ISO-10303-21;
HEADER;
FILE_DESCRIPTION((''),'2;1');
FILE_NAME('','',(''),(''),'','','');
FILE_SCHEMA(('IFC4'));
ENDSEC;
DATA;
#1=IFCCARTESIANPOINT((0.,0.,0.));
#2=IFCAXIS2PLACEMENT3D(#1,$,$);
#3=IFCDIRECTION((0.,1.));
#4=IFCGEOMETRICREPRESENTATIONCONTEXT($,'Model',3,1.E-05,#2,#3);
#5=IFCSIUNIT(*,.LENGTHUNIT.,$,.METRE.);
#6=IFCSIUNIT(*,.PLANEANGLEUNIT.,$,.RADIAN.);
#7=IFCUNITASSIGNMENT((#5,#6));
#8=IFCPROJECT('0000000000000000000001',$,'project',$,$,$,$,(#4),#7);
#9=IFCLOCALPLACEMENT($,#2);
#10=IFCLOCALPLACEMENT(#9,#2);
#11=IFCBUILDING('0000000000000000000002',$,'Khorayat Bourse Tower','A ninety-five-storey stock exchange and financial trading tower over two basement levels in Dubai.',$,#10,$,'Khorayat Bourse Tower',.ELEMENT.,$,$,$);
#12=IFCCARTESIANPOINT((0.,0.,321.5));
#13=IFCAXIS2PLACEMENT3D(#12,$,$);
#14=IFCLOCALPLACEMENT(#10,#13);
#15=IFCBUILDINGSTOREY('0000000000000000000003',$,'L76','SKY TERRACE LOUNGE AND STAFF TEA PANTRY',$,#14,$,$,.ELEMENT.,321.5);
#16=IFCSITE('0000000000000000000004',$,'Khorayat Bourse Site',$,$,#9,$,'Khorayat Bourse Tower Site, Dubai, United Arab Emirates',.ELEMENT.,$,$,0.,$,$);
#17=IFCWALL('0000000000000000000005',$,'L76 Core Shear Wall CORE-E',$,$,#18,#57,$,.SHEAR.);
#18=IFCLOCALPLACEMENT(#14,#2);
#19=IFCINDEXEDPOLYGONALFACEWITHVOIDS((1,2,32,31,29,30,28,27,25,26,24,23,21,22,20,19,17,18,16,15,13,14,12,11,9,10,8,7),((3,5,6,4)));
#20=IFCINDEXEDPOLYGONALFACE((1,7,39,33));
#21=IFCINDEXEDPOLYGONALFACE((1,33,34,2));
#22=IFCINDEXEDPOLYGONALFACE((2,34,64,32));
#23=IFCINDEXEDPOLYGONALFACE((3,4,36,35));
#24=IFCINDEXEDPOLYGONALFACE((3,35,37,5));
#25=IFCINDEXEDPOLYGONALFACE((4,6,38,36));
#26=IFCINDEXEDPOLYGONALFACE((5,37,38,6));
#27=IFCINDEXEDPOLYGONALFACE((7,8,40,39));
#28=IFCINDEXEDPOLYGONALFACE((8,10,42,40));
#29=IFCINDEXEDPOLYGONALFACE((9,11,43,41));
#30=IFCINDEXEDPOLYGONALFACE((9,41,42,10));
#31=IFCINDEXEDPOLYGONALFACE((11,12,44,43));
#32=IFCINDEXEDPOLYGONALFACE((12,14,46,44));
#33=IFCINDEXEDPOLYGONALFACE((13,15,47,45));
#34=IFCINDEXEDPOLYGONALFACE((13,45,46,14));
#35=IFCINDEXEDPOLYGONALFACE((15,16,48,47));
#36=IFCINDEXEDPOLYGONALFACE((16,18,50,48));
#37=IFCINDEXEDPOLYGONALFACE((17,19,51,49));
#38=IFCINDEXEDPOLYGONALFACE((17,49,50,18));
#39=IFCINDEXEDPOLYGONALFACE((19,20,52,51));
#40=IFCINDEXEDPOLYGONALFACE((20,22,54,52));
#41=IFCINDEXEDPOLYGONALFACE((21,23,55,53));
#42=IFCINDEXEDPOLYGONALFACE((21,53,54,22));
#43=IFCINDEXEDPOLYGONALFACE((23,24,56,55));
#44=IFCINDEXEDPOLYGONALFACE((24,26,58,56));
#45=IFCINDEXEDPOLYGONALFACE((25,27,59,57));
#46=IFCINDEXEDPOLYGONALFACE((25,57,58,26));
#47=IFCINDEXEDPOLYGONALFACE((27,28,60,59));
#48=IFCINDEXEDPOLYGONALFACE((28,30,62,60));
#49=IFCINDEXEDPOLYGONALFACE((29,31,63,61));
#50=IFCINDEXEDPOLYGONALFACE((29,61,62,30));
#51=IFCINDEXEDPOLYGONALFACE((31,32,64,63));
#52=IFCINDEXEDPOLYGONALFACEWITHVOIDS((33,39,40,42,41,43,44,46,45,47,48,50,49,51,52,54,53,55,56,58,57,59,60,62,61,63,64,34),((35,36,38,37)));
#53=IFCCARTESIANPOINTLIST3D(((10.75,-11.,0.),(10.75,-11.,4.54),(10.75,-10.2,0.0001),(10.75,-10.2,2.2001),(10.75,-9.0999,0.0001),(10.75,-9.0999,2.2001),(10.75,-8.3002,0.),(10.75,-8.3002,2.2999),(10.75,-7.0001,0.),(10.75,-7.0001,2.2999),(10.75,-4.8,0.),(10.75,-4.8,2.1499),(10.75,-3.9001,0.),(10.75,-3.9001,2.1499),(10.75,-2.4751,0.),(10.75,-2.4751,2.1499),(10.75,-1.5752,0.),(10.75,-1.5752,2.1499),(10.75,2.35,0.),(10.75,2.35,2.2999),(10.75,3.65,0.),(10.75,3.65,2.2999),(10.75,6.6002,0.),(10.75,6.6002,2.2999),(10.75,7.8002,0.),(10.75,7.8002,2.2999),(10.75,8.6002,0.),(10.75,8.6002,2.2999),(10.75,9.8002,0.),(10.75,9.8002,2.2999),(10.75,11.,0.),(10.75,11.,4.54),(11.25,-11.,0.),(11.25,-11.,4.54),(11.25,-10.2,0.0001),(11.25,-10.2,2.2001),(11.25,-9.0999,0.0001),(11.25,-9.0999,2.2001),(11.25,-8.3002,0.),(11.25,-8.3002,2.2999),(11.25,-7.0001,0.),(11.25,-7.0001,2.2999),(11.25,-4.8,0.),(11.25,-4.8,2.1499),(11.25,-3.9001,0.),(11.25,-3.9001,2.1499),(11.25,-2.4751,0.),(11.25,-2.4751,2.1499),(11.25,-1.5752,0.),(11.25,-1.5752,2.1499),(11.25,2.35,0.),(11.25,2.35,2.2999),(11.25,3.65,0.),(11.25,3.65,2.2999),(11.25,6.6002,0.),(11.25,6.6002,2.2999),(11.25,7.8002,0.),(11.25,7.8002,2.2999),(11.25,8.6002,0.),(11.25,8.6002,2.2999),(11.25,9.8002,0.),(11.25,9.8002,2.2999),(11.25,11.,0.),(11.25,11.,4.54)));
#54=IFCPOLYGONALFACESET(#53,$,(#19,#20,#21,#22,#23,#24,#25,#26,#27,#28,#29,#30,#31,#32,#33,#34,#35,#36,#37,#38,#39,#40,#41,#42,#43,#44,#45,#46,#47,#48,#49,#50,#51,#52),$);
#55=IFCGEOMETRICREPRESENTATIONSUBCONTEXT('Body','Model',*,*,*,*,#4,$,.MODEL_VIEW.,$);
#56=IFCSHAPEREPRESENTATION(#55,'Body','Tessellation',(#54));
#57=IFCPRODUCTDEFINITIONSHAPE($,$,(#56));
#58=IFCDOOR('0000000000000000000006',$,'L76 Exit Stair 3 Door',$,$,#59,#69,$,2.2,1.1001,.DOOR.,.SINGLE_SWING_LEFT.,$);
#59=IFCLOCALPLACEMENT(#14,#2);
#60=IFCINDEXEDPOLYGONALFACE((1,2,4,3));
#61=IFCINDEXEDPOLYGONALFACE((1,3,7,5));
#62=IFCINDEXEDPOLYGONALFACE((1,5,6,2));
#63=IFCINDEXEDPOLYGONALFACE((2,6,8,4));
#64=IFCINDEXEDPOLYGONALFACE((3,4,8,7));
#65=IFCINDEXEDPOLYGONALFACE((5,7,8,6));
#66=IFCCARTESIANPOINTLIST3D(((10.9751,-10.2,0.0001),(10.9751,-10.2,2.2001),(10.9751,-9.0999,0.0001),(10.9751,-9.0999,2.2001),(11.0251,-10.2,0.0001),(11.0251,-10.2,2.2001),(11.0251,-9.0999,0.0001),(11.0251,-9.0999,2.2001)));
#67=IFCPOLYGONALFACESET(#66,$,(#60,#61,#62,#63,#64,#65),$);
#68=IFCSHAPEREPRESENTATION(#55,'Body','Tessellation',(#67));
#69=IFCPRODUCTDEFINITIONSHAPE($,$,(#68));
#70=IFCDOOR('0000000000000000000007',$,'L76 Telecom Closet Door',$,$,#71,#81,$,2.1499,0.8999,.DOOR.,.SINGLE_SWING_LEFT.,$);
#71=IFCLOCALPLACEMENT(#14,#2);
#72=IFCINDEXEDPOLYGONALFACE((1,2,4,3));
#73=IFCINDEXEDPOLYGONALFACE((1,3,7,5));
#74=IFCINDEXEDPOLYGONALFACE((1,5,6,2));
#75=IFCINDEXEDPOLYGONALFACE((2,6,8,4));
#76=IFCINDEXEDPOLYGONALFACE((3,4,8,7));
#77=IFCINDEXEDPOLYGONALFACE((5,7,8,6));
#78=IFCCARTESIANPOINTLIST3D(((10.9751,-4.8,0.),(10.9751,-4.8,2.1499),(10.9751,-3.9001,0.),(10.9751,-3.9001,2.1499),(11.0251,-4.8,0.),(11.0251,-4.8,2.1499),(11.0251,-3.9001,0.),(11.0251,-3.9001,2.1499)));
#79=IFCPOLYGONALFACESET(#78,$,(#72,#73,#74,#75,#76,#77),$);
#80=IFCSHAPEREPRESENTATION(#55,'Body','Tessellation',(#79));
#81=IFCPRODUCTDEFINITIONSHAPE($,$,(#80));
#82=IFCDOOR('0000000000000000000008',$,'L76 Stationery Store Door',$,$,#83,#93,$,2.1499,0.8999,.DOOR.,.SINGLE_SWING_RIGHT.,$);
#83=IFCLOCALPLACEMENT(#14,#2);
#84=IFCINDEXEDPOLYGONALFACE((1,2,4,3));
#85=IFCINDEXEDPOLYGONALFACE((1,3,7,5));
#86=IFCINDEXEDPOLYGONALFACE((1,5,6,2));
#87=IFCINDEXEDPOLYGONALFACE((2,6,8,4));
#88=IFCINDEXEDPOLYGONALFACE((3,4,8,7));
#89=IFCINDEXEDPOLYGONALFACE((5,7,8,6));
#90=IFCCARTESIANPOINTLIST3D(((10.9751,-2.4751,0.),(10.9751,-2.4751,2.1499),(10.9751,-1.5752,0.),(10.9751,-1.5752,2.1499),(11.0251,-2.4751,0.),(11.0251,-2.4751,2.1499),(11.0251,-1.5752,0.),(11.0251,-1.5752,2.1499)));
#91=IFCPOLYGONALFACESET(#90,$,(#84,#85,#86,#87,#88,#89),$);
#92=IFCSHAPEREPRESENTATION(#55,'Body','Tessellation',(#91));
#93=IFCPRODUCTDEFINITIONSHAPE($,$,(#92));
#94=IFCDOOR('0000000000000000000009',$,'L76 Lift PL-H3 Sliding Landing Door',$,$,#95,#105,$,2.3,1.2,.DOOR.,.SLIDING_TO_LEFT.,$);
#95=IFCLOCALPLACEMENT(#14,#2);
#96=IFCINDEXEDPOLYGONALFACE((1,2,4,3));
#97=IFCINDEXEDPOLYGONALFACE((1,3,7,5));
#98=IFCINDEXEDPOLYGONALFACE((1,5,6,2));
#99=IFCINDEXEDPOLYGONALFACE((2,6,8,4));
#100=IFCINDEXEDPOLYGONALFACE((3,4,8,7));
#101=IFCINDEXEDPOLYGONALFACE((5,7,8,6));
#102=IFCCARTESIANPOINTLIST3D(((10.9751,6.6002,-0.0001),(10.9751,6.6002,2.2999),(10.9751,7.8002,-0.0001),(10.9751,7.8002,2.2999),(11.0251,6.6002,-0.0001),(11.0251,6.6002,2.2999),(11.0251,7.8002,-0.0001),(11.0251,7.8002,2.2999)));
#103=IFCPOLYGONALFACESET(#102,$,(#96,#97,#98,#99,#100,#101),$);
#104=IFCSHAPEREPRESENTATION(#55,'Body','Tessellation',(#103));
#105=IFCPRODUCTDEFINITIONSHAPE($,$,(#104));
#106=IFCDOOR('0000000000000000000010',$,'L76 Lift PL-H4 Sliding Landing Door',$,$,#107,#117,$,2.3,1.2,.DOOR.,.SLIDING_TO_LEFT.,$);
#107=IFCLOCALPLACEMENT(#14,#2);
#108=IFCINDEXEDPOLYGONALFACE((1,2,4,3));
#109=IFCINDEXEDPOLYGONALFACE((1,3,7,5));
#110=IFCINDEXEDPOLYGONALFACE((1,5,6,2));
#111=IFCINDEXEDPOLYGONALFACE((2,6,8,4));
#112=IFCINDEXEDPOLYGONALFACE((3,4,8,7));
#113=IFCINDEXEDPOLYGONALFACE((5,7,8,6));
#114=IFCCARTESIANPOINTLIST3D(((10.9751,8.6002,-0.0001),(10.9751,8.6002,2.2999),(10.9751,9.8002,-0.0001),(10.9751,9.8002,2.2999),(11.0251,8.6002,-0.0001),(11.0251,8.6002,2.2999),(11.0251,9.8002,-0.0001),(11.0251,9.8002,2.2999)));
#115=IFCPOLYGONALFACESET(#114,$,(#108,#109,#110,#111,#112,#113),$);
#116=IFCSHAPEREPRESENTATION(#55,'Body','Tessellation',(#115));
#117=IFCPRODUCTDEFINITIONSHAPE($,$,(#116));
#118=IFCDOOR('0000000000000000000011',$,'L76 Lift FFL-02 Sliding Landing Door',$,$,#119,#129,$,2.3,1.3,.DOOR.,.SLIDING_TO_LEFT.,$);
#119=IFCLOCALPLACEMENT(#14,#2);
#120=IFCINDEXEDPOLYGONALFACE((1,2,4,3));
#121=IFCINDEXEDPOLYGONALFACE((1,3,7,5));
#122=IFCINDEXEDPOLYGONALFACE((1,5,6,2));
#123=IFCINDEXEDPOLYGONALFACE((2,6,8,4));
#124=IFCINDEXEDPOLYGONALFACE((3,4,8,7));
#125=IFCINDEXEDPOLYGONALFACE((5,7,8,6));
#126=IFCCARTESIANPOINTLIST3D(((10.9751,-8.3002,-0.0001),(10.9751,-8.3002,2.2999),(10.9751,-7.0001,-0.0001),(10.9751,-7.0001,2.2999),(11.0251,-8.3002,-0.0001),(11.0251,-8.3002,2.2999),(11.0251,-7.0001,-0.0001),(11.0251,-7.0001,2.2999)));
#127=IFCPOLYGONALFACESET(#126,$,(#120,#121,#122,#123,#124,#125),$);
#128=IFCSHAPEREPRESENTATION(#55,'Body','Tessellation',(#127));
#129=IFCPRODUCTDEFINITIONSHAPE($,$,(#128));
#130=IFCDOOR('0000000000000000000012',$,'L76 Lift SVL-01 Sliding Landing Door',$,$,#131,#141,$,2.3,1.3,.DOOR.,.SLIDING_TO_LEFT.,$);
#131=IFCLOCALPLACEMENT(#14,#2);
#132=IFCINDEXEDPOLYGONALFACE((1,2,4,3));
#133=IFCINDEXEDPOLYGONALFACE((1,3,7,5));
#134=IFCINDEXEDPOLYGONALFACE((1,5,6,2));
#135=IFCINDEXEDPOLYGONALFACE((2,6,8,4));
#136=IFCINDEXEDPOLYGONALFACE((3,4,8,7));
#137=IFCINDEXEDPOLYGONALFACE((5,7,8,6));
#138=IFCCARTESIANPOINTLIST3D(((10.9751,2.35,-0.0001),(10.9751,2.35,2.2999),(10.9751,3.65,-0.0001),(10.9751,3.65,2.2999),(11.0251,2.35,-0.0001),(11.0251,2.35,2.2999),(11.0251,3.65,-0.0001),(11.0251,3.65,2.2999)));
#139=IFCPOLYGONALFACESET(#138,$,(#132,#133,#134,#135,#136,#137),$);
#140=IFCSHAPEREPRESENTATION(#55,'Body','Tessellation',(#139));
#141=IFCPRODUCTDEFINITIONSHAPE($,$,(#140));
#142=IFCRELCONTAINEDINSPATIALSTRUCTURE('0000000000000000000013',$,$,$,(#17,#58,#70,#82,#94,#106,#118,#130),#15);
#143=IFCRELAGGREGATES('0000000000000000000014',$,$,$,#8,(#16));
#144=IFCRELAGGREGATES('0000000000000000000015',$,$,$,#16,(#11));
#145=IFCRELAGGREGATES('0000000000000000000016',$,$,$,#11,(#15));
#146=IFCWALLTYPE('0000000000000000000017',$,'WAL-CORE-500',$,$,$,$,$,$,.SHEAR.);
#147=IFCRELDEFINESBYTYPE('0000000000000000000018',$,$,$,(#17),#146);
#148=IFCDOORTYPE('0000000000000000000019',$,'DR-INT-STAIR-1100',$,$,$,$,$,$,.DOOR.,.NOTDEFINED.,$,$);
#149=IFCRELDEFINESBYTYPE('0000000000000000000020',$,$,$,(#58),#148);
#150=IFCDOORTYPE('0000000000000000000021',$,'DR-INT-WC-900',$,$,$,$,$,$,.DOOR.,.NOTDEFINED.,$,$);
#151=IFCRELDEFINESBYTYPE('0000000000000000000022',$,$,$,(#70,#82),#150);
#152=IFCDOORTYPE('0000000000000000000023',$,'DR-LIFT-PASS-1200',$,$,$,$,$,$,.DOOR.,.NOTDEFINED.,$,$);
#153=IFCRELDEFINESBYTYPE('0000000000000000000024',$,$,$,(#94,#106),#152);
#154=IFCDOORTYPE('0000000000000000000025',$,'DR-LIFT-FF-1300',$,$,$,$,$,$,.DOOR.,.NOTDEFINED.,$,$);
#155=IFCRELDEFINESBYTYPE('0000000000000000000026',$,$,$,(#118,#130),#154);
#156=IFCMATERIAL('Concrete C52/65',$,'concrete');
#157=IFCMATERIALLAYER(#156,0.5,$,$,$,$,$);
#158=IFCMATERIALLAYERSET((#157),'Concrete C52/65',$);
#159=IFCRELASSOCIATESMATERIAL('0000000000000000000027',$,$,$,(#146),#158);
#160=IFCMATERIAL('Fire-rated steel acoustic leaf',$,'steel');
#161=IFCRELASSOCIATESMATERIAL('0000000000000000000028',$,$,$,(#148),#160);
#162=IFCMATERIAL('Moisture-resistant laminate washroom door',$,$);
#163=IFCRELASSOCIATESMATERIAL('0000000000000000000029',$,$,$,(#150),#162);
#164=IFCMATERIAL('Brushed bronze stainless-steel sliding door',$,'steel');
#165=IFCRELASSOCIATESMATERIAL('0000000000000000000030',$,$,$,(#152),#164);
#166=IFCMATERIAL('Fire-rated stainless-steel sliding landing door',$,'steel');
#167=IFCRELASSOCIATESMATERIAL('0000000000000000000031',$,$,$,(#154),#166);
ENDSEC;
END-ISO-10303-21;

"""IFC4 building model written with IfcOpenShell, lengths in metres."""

from ifc_helpers import new_model, si_unit, direction, frame, frame_2d, origin, place, context, subcontext, project, spatial, rectangle, extrude, source, transform, mapped, material, layer, layer_set, type_object, element, fill, save


model = new_model("IFC4")

# Units and contexts
model_context = context("Model", 3, precision=1e-05, world=origin(), true_north=direction((0.0, 1.0)))
body_context = subcontext(model_context, "Body", "Model", "MODEL_VIEW")
ifc_project = project(units=[si_unit("LENGTHUNIT", "METRE"), si_unit("PLANEANGLEUNIT", "RADIAN")], contexts=[model_context])

# Site, building, storey
site_placement = place(None, origin())
site = spatial("IfcSite", under=ifc_project, at=site_placement, Name="Khorayat Bourse Site", LongName="Khorayat Bourse Tower Site, Dubai, United Arab Emirates", CompositionType="ELEMENT", RefElevation=0.0)
building_placement = place(site_placement, origin())
building = spatial("IfcBuilding", under=site, at=building_placement, Name="Khorayat Bourse Tower", Description="A ninety-five-storey stock exchange and financial trading tower over two basement levels in Dubai.", LongName="Khorayat Bourse Tower", CompositionType="ELEMENT")
storey_placement = place(building_placement, frame((0.0, 0.0, 321.5)))
storey = spatial("IfcBuildingStorey", under=building, at=storey_placement, Name="L76", Description="SKY TERRACE LOUNGE AND STAFF TEA PANTRY", CompositionType="ELEMENT", Elevation=321.5)

# Shared definitions
ifc_material_1 = material(Name="Concrete C52/65", Category="concrete")

# Wall, openings, doors
ifc_layer_1 = layer(ifc_material_1, 0.5)
ifc_layer_set_1 = layer_set([ifc_layer_1], Name="Concrete C52/65")
wall_type_1 = type_object("IfcWallType", Name="WAL-CORE-500", PredefinedType="SHEAR", material=ifc_layer_set_1)
shared_shape_1 = source(origin(), body_context, "Body", "SweptSolid", [
    extrude(rectangle(XDim=22.0, YDim=0.5, at=frame_2d((11.0, 0.0))), origin(), (0.0, 0.0, 1.0), 4.54),
])
wall_1_placement = place(storey_placement, frame((11.0, -11.0, 0.0), z_axis=(0.0, 0.0, 1.0), x_axis=(0.0, 1.0, 0.0)))
wall_1 = element("IfcWall", 1, at=wall_1_placement, inside=storey, type_object=wall_type_1, Name="L76 Core Shear Wall CORE-E", PredefinedType="SHEAR", context=body_context, shape_type="MappedRepresentation", body=[
    mapped(shared_shape_1, transform((0.0, 0.0, 0.0), scale=1.0)),
])
shared_shape_2 = source(origin(), body_context, "Body", "SweptSolid", [
    extrude(rectangle(XDim=1.1001, YDim=2.2, at=frame_2d((0.55, 1.1001))), frame((0.0, 0.26, 0.0), z_axis=(0.0, -1.0, 0.0), x_axis=(1.0, 0.0, 0.0)), (0.0, 0.0, 1.0), 0.52),
])
opening_1_placement = place(wall_1_placement, frame((0.8, 0.0, 0.0)))
opening_1 = element("IfcOpeningElement", 2, at=opening_1_placement, cuts=wall_1, PredefinedType="OPENING", context=body_context, shape_type="MappedRepresentation", body=[
    mapped(shared_shape_2, transform((0.0, 0.0, 0.0), scale=1.0)),
])
shared_shape_3 = source(origin(), body_context, "Body", "SweptSolid", [
    extrude(rectangle(XDim=0.8999, YDim=2.1499, at=frame_2d((0.45, 1.075))), frame((0.0, 0.26, 0.0), z_axis=(0.0, -1.0, 0.0), x_axis=(1.0, 0.0, 0.0)), (0.0, 0.0, 1.0), 0.52),
])
opening_2_placement = place(wall_1_placement, frame((6.2, 0.0, 0.0)))
opening_2 = element("IfcOpeningElement", 3, at=opening_2_placement, cuts=wall_1, PredefinedType="OPENING", context=body_context, shape_type="MappedRepresentation", body=[
    mapped(shared_shape_3, transform((0.0, 0.0, 0.0), scale=1.0)),
])
opening_3_placement = place(wall_1_placement, frame((8.5249, 0.0, 0.0)))
opening_3 = element("IfcOpeningElement", 4, at=opening_3_placement, cuts=wall_1, PredefinedType="OPENING", context=body_context, shape_type="MappedRepresentation", body=[
    mapped(shared_shape_3, transform((0.0, 0.0, 0.0), scale=1.0)),
])
shared_shape_4 = source(origin(), body_context, "Body", "SweptSolid", [
    extrude(rectangle(XDim=1.2, YDim=2.3, at=frame_2d((0.6001, 1.1499))), frame((0.0, 0.26, 0.0), z_axis=(0.0, -1.0, 0.0), x_axis=(1.0, 0.0, 0.0)), (0.0, 0.0, 1.0), 0.52),
])
opening_4_placement = place(wall_1_placement, frame((17.6001, 0.0, 0.0)))
opening_4 = element("IfcOpeningElement", 5, at=opening_4_placement, cuts=wall_1, PredefinedType="OPENING", context=body_context, shape_type="MappedRepresentation", body=[
    mapped(shared_shape_4, transform((0.0, 0.0, 0.0), scale=1.0)),
])
opening_5_placement = place(wall_1_placement, frame((19.6001, 0.0, 0.0)))
opening_5 = element("IfcOpeningElement", 6, at=opening_5_placement, cuts=wall_1, PredefinedType="OPENING", context=body_context, shape_type="MappedRepresentation", body=[
    mapped(shared_shape_4, transform((0.0, 0.0, 0.0), scale=1.0)),
])
shared_shape_5 = source(origin(), body_context, "Body", "SweptSolid", [
    extrude(rectangle(XDim=1.3, YDim=2.3, at=frame_2d((0.6499, 1.1499))), frame((0.0, 0.26, 0.0), z_axis=(0.0, -1.0, 0.0), x_axis=(1.0, 0.0, 0.0)), (0.0, 0.0, 1.0), 0.52),
])
opening_6_placement = place(wall_1_placement, frame((2.7, 0.0, 0.0)))
opening_6 = element("IfcOpeningElement", 7, at=opening_6_placement, cuts=wall_1, PredefinedType="OPENING", context=body_context, shape_type="MappedRepresentation", body=[
    mapped(shared_shape_5, transform((0.0, 0.0, 0.0), scale=1.0)),
])
opening_7_placement = place(wall_1_placement, frame((13.3501, 0.0, 0.0)))
opening_7 = element("IfcOpeningElement", 8, at=opening_7_placement, cuts=wall_1, PredefinedType="OPENING", context=body_context, shape_type="MappedRepresentation", body=[
    mapped(shared_shape_5, transform((0.0, 0.0, 0.0), scale=1.0)),
])
ifc_material_2 = material(Name="Fire-rated steel acoustic leaf", Category="steel")
door_type_1 = type_object("IfcDoorType", Name="DR-INT-STAIR-1100", OperationType="NOTDEFINED", PredefinedType="DOOR", material=ifc_material_2)
shared_shape_6 = source(origin(), body_context, "Body", "SweptSolid", [
    extrude(rectangle(XDim=1.1001, YDim=2.2, at=frame_2d((0.55, 1.1001))), frame((0.0, 0.0249, 0.0), z_axis=(0.0, -1.0, 0.0), x_axis=(1.0, 0.0, 0.0)), (0.0, 0.0, 1.0), 0.05),
])
door_1_placement = place(opening_1_placement, origin())
door_1 = element("IfcDoor", 9, at=door_1_placement, inside=storey, type_object=door_type_1, Name="L76 Exit Stair 3 Door", OperationType="SINGLE_SWING_LEFT", OverallHeight=2.2, OverallWidth=1.1001, PredefinedType="DOOR", context=body_context, shape_type="MappedRepresentation", body=[
    mapped(shared_shape_6, transform((0.0, 0.0, 0.0), scale=1.0)),
])
fill(opening_1, door_1)
ifc_material_3 = material(Name="Moisture-resistant laminate washroom door")
door_type_2 = type_object("IfcDoorType", Name="DR-INT-WC-900", OperationType="NOTDEFINED", PredefinedType="DOOR", material=ifc_material_3)
shared_shape_7 = source(origin(), body_context, "Body", "SweptSolid", [
    extrude(rectangle(XDim=0.8999, YDim=2.1499, at=frame_2d((0.45, 1.075))), frame((0.0, 0.0249, 0.0), z_axis=(0.0, -1.0, 0.0), x_axis=(1.0, 0.0, 0.0)), (0.0, 0.0, 1.0), 0.05),
])
door_2_placement = place(opening_2_placement, origin())
door_2 = element("IfcDoor", 10, at=door_2_placement, inside=storey, type_object=door_type_2, Name="L76 Telecom Closet Door", OperationType="SINGLE_SWING_LEFT", OverallHeight=2.1499, OverallWidth=0.8999, PredefinedType="DOOR", context=body_context, shape_type="MappedRepresentation", body=[
    mapped(shared_shape_7, transform((0.0, 0.0, 0.0), scale=1.0)),
])
fill(opening_2, door_2)
door_3_placement = place(opening_3_placement, origin())
door_3 = element("IfcDoor", 11, at=door_3_placement, inside=storey, type_object=door_type_2, Name="L76 Stationery Store Door", OperationType="SINGLE_SWING_RIGHT", OverallHeight=2.1499, OverallWidth=0.8999, PredefinedType="DOOR", context=body_context, shape_type="MappedRepresentation", body=[
    mapped(shared_shape_7, transform((0.0, 0.0, 0.0), scale=1.0)),
])
fill(opening_3, door_3)
ifc_material_4 = material(Name="Brushed bronze stainless-steel sliding door", Category="steel")
door_type_3 = type_object("IfcDoorType", Name="DR-LIFT-PASS-1200", OperationType="NOTDEFINED", PredefinedType="DOOR", material=ifc_material_4)
shared_shape_8 = source(origin(), body_context, "Body", "SweptSolid", [
    extrude(rectangle(XDim=1.2, YDim=2.3, at=frame_2d((0.6001, 1.1499))), frame((0.0, 0.0249, 0.0), z_axis=(0.0, -1.0, 0.0), x_axis=(1.0, 0.0, 0.0)), (0.0, 0.0, 1.0), 0.05),
])
door_4_placement = place(opening_4_placement, origin())
door_4 = element("IfcDoor", 12, at=door_4_placement, inside=storey, type_object=door_type_3, Name="L76 Lift PL-H3 Sliding Landing Door", OperationType="SLIDING_TO_LEFT", OverallHeight=2.3, OverallWidth=1.2, PredefinedType="DOOR", context=body_context, shape_type="MappedRepresentation", body=[
    mapped(shared_shape_8, transform((0.0, 0.0, 0.0), scale=1.0)),
])
fill(opening_4, door_4)
door_5_placement = place(opening_5_placement, origin())
door_5 = element("IfcDoor", 13, at=door_5_placement, inside=storey, type_object=door_type_3, Name="L76 Lift PL-H4 Sliding Landing Door", OperationType="SLIDING_TO_LEFT", OverallHeight=2.3, OverallWidth=1.2, PredefinedType="DOOR", context=body_context, shape_type="MappedRepresentation", body=[
    mapped(shared_shape_8, transform((0.0, 0.0, 0.0), scale=1.0)),
])
fill(opening_5, door_5)
ifc_material_5 = material(Name="Fire-rated stainless-steel sliding landing door", Category="steel")
door_type_4 = type_object("IfcDoorType", Name="DR-LIFT-FF-1300", OperationType="NOTDEFINED", PredefinedType="DOOR", material=ifc_material_5)
shared_shape_9 = source(origin(), body_context, "Body", "SweptSolid", [
    extrude(rectangle(XDim=1.3, YDim=2.3, at=frame_2d((0.6499, 1.1499))), frame((0.0, 0.0249, 0.0), z_axis=(0.0, -1.0, 0.0), x_axis=(1.0, 0.0, 0.0)), (0.0, 0.0, 1.0), 0.05),
])
door_6_placement = place(opening_6_placement, origin())
door_6 = element("IfcDoor", 14, at=door_6_placement, inside=storey, type_object=door_type_4, Name="L76 Lift FFL-02 Sliding Landing Door", OperationType="SLIDING_TO_LEFT", OverallHeight=2.3, OverallWidth=1.3, PredefinedType="DOOR", context=body_context, shape_type="MappedRepresentation", body=[
    mapped(shared_shape_9, transform((0.0, 0.0, 0.0), scale=1.0)),
])
fill(opening_6, door_6)
door_7_placement = place(opening_7_placement, origin())
door_7 = element("IfcDoor", 15, at=door_7_placement, inside=storey, type_object=door_type_4, Name="L76 Lift SVL-01 Sliding Landing Door", OperationType="SLIDING_TO_LEFT", OverallHeight=2.3, OverallWidth=1.3, PredefinedType="DOOR", context=body_context, shape_type="MappedRepresentation", body=[
    mapped(shared_shape_9, transform((0.0, 0.0, 0.0), scale=1.0)),
])
fill(opening_7, door_7)

save(model, "model.ifc")
